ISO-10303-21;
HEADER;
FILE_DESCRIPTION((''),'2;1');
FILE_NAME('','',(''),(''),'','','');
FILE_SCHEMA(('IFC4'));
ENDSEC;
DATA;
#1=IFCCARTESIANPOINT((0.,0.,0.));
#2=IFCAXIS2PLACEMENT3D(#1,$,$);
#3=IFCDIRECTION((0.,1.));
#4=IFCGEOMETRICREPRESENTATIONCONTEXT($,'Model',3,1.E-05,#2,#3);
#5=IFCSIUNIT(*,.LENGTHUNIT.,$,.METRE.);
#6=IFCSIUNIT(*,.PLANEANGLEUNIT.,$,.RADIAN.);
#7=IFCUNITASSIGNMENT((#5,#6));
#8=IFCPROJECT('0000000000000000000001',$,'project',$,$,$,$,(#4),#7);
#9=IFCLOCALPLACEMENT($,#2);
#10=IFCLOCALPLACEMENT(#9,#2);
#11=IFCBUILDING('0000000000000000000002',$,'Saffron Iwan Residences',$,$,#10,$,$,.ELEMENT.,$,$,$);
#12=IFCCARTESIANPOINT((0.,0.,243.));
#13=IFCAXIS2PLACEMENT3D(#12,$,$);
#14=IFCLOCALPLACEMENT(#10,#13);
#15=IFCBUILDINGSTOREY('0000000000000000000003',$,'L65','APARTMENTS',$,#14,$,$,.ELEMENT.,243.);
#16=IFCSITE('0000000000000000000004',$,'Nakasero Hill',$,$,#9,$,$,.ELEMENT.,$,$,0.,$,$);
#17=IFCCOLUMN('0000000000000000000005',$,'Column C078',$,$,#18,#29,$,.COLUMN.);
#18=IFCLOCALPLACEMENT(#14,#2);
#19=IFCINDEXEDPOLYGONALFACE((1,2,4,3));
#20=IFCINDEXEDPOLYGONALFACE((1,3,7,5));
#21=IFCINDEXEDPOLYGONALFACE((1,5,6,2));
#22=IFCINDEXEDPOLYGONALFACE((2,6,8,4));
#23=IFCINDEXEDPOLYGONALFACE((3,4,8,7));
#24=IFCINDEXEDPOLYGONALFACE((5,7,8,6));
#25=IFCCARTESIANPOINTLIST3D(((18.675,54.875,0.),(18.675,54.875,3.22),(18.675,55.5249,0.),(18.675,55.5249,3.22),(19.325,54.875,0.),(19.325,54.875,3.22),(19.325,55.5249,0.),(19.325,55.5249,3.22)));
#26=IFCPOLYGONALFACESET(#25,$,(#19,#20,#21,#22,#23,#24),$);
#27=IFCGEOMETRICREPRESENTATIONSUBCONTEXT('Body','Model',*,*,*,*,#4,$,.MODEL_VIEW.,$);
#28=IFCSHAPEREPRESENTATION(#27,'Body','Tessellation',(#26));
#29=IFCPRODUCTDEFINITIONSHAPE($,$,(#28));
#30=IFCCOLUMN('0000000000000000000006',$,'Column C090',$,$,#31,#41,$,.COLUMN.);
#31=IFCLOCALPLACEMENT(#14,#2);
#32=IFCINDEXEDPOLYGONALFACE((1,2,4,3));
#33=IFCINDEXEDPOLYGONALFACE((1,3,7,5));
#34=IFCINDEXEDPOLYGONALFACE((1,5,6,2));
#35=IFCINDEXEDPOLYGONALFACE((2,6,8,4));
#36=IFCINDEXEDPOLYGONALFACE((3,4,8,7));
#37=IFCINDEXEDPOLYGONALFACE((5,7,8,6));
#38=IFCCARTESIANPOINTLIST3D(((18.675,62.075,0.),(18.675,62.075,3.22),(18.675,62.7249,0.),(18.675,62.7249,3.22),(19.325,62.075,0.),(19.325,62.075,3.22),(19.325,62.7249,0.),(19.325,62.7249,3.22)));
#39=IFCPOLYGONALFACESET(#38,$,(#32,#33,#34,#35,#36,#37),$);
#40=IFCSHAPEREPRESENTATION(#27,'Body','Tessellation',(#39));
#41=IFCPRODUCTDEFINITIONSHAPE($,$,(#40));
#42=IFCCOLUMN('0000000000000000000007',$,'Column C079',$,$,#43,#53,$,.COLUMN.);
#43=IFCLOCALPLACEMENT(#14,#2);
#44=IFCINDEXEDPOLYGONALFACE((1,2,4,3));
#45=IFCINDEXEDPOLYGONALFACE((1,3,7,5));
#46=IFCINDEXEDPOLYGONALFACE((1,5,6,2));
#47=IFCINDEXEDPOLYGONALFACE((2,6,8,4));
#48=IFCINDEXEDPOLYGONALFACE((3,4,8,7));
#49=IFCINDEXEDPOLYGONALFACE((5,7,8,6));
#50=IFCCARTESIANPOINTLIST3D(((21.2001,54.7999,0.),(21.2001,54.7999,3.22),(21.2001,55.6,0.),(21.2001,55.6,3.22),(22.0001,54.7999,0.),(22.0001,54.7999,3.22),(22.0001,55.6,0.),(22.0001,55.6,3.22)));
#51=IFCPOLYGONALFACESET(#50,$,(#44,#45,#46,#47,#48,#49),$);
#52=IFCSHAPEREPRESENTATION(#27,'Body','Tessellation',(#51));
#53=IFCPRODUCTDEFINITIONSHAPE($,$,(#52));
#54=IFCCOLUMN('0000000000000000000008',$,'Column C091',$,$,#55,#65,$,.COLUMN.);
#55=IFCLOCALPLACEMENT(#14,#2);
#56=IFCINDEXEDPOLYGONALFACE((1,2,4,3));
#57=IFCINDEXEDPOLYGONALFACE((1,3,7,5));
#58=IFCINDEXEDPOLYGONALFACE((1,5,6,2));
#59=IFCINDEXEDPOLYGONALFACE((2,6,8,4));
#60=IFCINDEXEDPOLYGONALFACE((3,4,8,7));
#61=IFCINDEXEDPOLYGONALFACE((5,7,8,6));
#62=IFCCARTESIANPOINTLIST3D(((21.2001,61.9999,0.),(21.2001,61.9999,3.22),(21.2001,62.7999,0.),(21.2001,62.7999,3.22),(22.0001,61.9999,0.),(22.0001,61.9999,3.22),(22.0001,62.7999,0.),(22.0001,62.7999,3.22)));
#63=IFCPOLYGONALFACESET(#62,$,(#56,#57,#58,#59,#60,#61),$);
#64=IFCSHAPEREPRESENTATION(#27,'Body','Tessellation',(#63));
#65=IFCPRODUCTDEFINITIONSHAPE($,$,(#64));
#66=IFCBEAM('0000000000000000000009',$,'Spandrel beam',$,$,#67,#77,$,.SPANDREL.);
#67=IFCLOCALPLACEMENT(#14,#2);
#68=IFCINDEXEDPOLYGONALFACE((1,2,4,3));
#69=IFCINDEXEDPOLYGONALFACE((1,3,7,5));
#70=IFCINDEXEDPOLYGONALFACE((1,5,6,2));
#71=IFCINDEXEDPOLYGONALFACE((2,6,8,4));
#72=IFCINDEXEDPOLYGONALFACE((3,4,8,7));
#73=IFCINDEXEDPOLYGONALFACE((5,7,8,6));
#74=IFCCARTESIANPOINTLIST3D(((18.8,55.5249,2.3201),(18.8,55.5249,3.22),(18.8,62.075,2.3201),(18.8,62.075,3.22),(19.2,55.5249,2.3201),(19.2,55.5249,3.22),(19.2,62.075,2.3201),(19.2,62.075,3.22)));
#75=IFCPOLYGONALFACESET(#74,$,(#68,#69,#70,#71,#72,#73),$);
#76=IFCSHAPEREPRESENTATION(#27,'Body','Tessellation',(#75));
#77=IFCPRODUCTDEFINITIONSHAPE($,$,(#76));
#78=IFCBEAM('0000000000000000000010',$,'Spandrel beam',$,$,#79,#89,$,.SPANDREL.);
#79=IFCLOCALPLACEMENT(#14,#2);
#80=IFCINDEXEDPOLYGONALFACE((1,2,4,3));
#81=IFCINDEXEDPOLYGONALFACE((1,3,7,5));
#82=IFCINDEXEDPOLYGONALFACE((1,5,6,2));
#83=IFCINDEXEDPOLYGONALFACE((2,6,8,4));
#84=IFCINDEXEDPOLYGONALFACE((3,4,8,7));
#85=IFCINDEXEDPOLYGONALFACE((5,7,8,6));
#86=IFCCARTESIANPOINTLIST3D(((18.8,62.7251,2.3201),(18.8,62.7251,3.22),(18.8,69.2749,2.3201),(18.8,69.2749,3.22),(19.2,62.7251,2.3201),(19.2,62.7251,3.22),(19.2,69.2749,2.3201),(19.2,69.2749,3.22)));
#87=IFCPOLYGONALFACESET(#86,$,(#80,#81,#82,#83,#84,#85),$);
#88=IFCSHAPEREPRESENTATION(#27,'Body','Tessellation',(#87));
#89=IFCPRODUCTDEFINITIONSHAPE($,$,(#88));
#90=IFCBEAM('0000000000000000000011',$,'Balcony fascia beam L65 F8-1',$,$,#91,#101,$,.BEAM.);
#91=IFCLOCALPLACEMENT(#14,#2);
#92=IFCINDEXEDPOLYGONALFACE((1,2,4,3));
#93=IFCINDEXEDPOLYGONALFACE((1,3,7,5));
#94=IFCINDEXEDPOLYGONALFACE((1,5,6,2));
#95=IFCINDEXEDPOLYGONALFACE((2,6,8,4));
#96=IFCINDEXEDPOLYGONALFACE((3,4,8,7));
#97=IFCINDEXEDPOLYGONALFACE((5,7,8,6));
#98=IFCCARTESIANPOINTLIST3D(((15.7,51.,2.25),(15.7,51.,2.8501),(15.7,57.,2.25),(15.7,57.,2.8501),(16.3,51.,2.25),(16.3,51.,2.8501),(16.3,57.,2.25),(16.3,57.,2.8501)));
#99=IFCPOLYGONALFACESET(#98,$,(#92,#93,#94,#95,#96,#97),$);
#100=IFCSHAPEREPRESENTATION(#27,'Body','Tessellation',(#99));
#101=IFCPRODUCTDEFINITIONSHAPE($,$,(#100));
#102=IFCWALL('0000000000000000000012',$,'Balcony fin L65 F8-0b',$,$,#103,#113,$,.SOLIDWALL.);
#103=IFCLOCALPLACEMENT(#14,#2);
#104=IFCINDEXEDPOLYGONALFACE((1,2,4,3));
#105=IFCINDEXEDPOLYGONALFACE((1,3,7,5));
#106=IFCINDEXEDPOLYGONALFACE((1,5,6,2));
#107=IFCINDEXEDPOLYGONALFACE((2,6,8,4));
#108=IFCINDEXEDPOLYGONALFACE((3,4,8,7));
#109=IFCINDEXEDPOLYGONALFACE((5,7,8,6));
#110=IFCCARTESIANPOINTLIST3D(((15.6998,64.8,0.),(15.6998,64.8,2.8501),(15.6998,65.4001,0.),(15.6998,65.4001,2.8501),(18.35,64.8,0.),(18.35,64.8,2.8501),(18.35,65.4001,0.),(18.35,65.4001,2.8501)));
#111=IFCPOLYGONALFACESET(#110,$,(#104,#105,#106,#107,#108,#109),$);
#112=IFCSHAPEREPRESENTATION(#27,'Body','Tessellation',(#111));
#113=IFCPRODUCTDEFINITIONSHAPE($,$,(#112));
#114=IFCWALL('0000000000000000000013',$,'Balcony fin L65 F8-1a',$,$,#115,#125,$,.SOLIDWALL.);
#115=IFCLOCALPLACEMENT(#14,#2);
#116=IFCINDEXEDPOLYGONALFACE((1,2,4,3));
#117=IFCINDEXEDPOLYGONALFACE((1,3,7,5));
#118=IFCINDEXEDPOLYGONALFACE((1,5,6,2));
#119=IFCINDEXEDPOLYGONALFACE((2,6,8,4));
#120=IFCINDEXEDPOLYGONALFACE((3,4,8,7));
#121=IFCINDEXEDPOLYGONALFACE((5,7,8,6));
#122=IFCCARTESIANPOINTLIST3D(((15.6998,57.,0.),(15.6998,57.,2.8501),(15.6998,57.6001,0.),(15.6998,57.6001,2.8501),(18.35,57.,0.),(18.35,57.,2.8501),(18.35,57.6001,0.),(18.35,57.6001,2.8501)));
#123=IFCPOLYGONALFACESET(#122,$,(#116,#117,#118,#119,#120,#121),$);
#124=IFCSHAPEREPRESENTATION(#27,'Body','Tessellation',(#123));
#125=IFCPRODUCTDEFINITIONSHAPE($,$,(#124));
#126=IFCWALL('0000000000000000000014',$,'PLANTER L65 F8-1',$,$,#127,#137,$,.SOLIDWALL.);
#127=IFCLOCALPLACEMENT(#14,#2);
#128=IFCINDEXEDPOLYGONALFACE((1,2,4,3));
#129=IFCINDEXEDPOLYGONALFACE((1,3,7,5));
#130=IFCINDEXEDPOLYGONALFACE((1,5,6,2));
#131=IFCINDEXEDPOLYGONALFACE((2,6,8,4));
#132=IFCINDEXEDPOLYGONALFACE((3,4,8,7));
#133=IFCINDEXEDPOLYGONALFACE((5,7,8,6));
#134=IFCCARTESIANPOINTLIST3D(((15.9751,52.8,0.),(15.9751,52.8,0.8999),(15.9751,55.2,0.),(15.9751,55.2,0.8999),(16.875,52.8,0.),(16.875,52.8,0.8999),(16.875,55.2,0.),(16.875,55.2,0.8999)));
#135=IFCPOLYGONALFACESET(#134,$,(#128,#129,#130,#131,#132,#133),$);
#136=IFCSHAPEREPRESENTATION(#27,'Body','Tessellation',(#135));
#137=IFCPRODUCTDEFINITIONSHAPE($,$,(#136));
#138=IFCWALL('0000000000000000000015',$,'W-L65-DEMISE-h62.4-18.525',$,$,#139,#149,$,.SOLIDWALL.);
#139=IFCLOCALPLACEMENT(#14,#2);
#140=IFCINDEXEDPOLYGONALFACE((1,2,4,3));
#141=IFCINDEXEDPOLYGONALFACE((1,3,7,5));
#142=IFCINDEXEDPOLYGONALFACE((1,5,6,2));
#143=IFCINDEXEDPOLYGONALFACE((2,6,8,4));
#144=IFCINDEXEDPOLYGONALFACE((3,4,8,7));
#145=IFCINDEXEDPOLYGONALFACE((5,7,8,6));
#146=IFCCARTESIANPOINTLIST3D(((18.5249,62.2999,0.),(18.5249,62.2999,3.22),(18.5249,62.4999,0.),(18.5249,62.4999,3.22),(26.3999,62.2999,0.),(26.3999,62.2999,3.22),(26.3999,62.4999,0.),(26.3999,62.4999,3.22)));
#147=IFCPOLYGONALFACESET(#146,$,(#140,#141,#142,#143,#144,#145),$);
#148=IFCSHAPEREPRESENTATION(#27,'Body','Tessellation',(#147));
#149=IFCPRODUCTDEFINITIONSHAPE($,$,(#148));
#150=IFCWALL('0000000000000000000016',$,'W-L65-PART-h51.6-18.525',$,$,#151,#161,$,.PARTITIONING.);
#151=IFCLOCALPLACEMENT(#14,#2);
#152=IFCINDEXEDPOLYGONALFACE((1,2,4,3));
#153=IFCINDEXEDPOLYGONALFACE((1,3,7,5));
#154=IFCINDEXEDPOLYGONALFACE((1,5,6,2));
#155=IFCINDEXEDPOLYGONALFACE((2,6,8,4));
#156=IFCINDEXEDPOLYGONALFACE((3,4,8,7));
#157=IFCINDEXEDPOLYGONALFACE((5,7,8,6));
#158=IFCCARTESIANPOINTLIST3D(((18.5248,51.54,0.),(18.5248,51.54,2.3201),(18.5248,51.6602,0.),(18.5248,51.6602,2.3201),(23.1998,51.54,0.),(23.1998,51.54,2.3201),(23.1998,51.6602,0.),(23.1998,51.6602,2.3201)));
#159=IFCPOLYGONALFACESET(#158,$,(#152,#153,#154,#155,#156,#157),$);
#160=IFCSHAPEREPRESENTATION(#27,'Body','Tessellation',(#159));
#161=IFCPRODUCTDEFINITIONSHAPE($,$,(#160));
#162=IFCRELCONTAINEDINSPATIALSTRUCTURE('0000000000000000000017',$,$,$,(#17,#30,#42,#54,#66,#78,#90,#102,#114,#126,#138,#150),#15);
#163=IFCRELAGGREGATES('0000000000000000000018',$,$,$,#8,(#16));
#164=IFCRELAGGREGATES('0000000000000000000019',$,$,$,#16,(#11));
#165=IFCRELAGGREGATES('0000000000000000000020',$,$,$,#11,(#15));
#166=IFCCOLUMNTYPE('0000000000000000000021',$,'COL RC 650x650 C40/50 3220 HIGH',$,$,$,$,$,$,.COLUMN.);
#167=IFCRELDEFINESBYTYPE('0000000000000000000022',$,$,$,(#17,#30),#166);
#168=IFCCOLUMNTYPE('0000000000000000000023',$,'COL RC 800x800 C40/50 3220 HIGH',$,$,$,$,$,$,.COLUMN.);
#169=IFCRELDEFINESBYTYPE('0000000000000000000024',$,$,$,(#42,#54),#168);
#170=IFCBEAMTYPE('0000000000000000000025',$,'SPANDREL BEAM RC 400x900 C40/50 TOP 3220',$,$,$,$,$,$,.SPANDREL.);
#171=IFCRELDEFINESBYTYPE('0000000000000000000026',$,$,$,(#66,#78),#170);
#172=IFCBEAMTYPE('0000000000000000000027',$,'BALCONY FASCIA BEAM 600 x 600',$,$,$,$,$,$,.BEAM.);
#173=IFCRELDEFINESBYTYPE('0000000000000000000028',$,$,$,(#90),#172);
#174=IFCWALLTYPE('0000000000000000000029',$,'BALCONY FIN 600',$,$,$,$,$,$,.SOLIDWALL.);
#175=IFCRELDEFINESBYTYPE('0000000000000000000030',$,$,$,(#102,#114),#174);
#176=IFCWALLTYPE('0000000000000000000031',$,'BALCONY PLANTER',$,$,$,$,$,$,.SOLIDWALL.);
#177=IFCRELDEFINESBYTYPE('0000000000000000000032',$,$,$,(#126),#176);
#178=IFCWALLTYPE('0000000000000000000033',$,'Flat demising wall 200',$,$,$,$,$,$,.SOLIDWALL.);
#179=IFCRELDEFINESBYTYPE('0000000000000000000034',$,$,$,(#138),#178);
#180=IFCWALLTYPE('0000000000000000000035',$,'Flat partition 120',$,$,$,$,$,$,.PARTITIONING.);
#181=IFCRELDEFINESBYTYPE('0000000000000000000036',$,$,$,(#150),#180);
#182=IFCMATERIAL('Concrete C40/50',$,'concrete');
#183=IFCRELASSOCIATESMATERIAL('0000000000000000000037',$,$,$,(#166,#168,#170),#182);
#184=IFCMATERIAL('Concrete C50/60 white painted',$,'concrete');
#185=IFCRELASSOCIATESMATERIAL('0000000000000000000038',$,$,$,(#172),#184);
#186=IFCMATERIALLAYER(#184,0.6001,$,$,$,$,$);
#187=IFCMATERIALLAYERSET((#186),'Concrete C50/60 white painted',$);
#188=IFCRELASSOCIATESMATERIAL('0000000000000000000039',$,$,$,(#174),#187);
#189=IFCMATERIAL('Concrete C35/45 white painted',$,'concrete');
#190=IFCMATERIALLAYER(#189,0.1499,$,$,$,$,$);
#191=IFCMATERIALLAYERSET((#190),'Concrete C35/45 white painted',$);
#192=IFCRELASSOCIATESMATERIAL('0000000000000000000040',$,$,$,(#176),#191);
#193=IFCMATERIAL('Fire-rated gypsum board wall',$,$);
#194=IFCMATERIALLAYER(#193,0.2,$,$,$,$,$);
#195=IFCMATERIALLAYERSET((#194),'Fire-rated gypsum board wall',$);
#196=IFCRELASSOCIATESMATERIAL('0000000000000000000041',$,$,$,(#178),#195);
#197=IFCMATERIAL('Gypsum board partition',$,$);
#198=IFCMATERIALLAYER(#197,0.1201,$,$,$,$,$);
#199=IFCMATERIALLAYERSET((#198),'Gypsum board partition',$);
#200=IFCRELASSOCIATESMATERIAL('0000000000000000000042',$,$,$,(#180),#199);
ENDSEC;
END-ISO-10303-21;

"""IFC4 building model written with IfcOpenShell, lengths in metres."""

from ifc_helpers import new_model, si_unit, direction, frame, frame_2d, origin, origin_2d, place, context, subcontext, project, spatial, rectangle, extrude, source, transform, mapped, material, layer, layer_set, material_profile, profile_set, type_object, element, save


model = new_model("IFC4")

# Units and contexts
model_context = context("Model", 3, precision=1e-05, world=origin(), true_north=direction((0.0, 1.0)))
body_context = subcontext(model_context, "Body", "Model", "MODEL_VIEW")
ifc_project = project(units=[si_unit("LENGTHUNIT", "METRE"), si_unit("PLANEANGLEUNIT", "RADIAN")], contexts=[model_context])

# Site, building, storey
site_placement = place(None, origin())
site = spatial("IfcSite", under=ifc_project, at=site_placement, Name="Nakasero Hill", CompositionType="ELEMENT", RefElevation=0.0)
building_placement = place(site_placement, origin())
building = spatial("IfcBuilding", under=site, at=building_placement, Name="Saffron Iwan Residences", CompositionType="ELEMENT")
storey_placement = place(building_placement, frame((0.0, 0.0, 243.0)))
storey = spatial("IfcBuildingStorey", under=building, at=storey_placement, Name="L65", Description="APARTMENTS", CompositionType="ELEMENT", Elevation=243.0)

# Columns
ifc_material_1 = material(Name="Concrete C40/50", Category="concrete")
ifc_material_profile_1 = material_profile(ifc_material_1, rectangle(XDim=0.6499, YDim=0.6499, at=origin_2d()), Name="RC 650x650")
ifc_profile_set_1 = profile_set([ifc_material_profile_1], Name="Concrete C40/50")
column_type_1 = type_object("IfcColumnType", Name="COL RC 650x650 C40/50 3220 HIGH", PredefinedType="COLUMN", material=ifc_profile_set_1)
shared_shape_1 = source(origin(), body_context, "Body", "SweptSolid", [
    extrude(rectangle(XDim=0.6499, YDim=0.6499, at=origin_2d()), origin(), (0.0, 0.0, 1.0), 3.22),
])
for number, where, z_axis, x_axis, name in (
    (1, (19.0, 55.2, 0.0), (0.0, 0.0, 1.0), (1.0, 0.0, 0.0), "Column C078"),
    (2, (19.0, 62.3999, 0.0), (0.0, 0.0, 1.0), (1.0, 0.0, 0.0), "Column C090"),
):
    element("IfcColumn", number, at=place(storey_placement, frame(where, z_axis=z_axis, x_axis=x_axis)), inside=storey, type_object=column_type_1, Name=name, PredefinedType="COLUMN", context=body_context, shape_type="MappedRepresentation", body=[
        mapped(shared_shape_1, transform((0.0, 0.0, 0.0))),
    ])
ifc_material_profile_2 = material_profile(ifc_material_1, rectangle(XDim=0.8, YDim=0.8, at=origin_2d()), Name="RC 800x800")
ifc_profile_set_2 = profile_set([ifc_material_profile_2], Name="Concrete C40/50")
column_type_2 = type_object("IfcColumnType", Name="COL RC 800x800 C40/50 3220 HIGH", PredefinedType="COLUMN", material=ifc_profile_set_2)
shared_shape_2 = source(origin(), body_context, "Body", "SweptSolid", [
    extrude(rectangle(XDim=0.8, YDim=0.8, at=origin_2d()), origin(), (0.0, 0.0, 1.0), 3.22),
])
for number, where, z_axis, x_axis, name in (
    (3, (21.6001, 55.2, 0.0), (0.0, 0.0, 1.0), (1.0, 0.0, 0.0), "Column C079"),
    (4, (21.6001, 62.3999, 0.0), (0.0, 0.0, 1.0), (1.0, 0.0, 0.0), "Column C091"),
):
    element("IfcColumn", number, at=place(storey_placement, frame(where, z_axis=z_axis, x_axis=x_axis)), inside=storey, type_object=column_type_2, Name=name, PredefinedType="COLUMN", context=body_context, shape_type="MappedRepresentation", body=[
        mapped(shared_shape_2, transform((0.0, 0.0, 0.0))),
    ])

# Beams
ifc_material_profile_3 = material_profile(ifc_material_1, rectangle(XDim=0.3999, YDim=0.8999, at=origin_2d()), Name="RC 400x900")
ifc_profile_set_3 = profile_set([ifc_material_profile_3], Name="Concrete C40/50")
beam_type_1 = type_object("IfcBeamType", Name="SPANDREL BEAM RC 400x900 C40/50 TOP 3220", PredefinedType="SPANDREL", material=ifc_profile_set_3)
shared_shape_3 = source(origin(), body_context, "Body", "SweptSolid", [
    extrude(rectangle(XDim=0.3999, YDim=0.8999, at=origin_2d()), origin(), (0.0, 0.0, 1.0), 6.55),
])
beam_1_placement = place(storey_placement, frame((19.0, 55.5249, 2.77), z_axis=(0.0, 1.0, 0.0), x_axis=(-1.0, 0.0, 0.0)))
element("IfcBeam", 5, at=beam_1_placement, inside=storey, type_object=beam_type_1, Name="Spandrel beam", PredefinedType="SPANDREL", context=body_context, shape_type="MappedRepresentation", body=[
    mapped(shared_shape_3, transform((0.0, 0.0, 0.0))),
])
shared_shape_4 = source(origin(), body_context, "Body", "SweptSolid", [
    extrude(rectangle(XDim=0.3999, YDim=0.8999, at=origin_2d()), origin(), (0.0, 0.0, 1.0), 6.5498),
])
beam_2_placement = place(storey_placement, frame((19.0, 62.7251, 2.77), z_axis=(0.0, 1.0, 0.0), x_axis=(-1.0, 0.0, 0.0)))
element("IfcBeam", 6, at=beam_2_placement, inside=storey, type_object=beam_type_1, Name="Spandrel beam", PredefinedType="SPANDREL", context=body_context, shape_type="MappedRepresentation", body=[
    mapped(shared_shape_4, transform((0.0, 0.0, 0.0))),
])
ifc_material_2 = material(Name="Concrete C50/60 white painted", Category="concrete")
ifc_material_profile_4 = material_profile(ifc_material_2, rectangle(XDim=0.6001, YDim=0.6001, at=origin_2d()), Name="BALCONY FASCIA BEAM 600 x 600")
ifc_profile_set_4 = profile_set([ifc_material_profile_4], Name="Concrete C50/60 white painted")
beam_type_2 = type_object("IfcBeamType", Name="BALCONY FASCIA BEAM 600 x 600", PredefinedType="BEAM", material=ifc_profile_set_4)
shared_shape_5 = source(origin(), body_context, "Body", "SweptSolid", [
    extrude(rectangle(XDim=0.6001, YDim=0.6001, at=origin_2d()), origin(), (0.0, 0.0, 1.0), 6.0),
])
beam_3_placement = place(storey_placement, frame((16.0, 57.0, 2.55), z_axis=(0.0, -1.0, 0.0), x_axis=(1.0, 0.0, 0.0)))
element("IfcBeam", 7, at=beam_3_placement, inside=storey, type_object=beam_type_2, Name="Balcony fascia beam L65 F8-1", PredefinedType="BEAM", context=body_context, shape_type="MappedRepresentation", body=[
    mapped(shared_shape_5, transform((0.0, 0.0, 0.0))),
])

# Walls
ifc_layer_1 = layer(ifc_material_2, 0.6001)
ifc_layer_set_1 = layer_set([ifc_layer_1], Name="Concrete C50/60 white painted")
wall_type_1 = type_object("IfcWallType", Name="BALCONY FIN 600", PredefinedType="SOLIDWALL", material=ifc_layer_set_1)
for number, where, z_axis, x_axis, name in (
    (8, (18.3501, 65.1001, 0.0), (0.0, 0.0, 1.0), (-1.0, 0.0, 0.0), "Balcony fin L65 F8-0b"),
    (9, (18.3501, 57.3, 0.0), (0.0, 0.0, 1.0), (-1.0, 0.0, 0.0), "Balcony fin L65 F8-1a"),
):
    element("IfcWall", number, at=place(storey_placement, frame(where, z_axis=z_axis, x_axis=x_axis)), inside=storey, type_object=wall_type_1, Name=name, PredefinedType="SOLIDWALL", context=body_context, shape_type="SweptSolid", body=[
        extrude(rectangle(XDim=2.6501, YDim=0.6001, at=frame_2d((1.3252, 0.0))), origin(), (0.0, 0.0, 1.0), 2.8501),
    ])
ifc_material_3 = material(Name="Concrete C35/45 white painted", Category="concrete")
ifc_layer_2 = layer(ifc_material_3, 0.1499)
ifc_layer_set_2 = layer_set([ifc_layer_2], Name="Concrete C35/45 white painted")
wall_type_2 = type_object("IfcWallType", Name="BALCONY PLANTER", PredefinedType="SOLIDWALL", material=ifc_layer_set_2)
wall_1_placement = place(storey_placement, frame((16.425, 55.2, 0.0), z_axis=(0.0, 0.0, 1.0), x_axis=(0.0, -1.0, 0.0)))
element("IfcWall", 10, at=wall_1_placement, inside=storey, type_object=wall_type_2, Name="PLANTER L65 F8-1", PredefinedType="SOLIDWALL", context=body_context, shape_type="SweptSolid", body=[
    extrude(rectangle(XDim=2.3999, YDim=0.8999, at=frame_2d((1.2, 0.0))), origin(), (0.0, 0.0, 1.0), 0.8999),
])
ifc_material_4 = material(Name="Fire-rated gypsum board wall")
ifc_layer_3 = layer(ifc_material_4, 0.2)
ifc_layer_set_3 = layer_set([ifc_layer_3], Name="Fire-rated gypsum board wall")
wall_type_3 = type_object("IfcWallType", Name="Flat demising wall 200", PredefinedType="SOLIDWALL", material=ifc_layer_set_3)
wall_2_placement = place(storey_placement, frame((18.5249, 62.3999, 0.0), z_axis=(0.0, 0.0, 1.0), x_axis=(1.0, 0.0, 0.0)))
element("IfcWall", 11, at=wall_2_placement, inside=storey, type_object=wall_type_3, Name="W-L65-DEMISE-h62.4-18.525", PredefinedType="SOLIDWALL", context=body_context, shape_type="SweptSolid", body=[
    extrude(rectangle(XDim=7.875, YDim=0.2, at=frame_2d((3.9375, 0.0))), origin(), (0.0, 0.0, 1.0), 3.22),
])
ifc_material_5 = material(Name="Gypsum board partition")
ifc_layer_4 = layer(ifc_material_5, 0.1201)
ifc_layer_set_4 = layer_set([ifc_layer_4], Name="Gypsum board partition")
wall_type_4 = type_object("IfcWallType", Name="Flat partition 120", PredefinedType="PARTITIONING", material=ifc_layer_set_4)
wall_3_placement = place(storey_placement, frame((18.5249, 51.6001, 0.0), z_axis=(0.0, 0.0, 1.0), x_axis=(1.0, 0.0, 0.0)))
element("IfcWall", 12, at=wall_3_placement, inside=storey, type_object=wall_type_4, Name="W-L65-PART-h51.6-18.525", PredefinedType="PARTITIONING", context=body_context, shape_type="SweptSolid", body=[
    extrude(rectangle(XDim=4.675, YDim=0.1201, at=frame_2d((2.3374, 0.0))), origin(), (0.0, 0.0, 1.0), 2.3201),
])

save(model, "model.ifc")
